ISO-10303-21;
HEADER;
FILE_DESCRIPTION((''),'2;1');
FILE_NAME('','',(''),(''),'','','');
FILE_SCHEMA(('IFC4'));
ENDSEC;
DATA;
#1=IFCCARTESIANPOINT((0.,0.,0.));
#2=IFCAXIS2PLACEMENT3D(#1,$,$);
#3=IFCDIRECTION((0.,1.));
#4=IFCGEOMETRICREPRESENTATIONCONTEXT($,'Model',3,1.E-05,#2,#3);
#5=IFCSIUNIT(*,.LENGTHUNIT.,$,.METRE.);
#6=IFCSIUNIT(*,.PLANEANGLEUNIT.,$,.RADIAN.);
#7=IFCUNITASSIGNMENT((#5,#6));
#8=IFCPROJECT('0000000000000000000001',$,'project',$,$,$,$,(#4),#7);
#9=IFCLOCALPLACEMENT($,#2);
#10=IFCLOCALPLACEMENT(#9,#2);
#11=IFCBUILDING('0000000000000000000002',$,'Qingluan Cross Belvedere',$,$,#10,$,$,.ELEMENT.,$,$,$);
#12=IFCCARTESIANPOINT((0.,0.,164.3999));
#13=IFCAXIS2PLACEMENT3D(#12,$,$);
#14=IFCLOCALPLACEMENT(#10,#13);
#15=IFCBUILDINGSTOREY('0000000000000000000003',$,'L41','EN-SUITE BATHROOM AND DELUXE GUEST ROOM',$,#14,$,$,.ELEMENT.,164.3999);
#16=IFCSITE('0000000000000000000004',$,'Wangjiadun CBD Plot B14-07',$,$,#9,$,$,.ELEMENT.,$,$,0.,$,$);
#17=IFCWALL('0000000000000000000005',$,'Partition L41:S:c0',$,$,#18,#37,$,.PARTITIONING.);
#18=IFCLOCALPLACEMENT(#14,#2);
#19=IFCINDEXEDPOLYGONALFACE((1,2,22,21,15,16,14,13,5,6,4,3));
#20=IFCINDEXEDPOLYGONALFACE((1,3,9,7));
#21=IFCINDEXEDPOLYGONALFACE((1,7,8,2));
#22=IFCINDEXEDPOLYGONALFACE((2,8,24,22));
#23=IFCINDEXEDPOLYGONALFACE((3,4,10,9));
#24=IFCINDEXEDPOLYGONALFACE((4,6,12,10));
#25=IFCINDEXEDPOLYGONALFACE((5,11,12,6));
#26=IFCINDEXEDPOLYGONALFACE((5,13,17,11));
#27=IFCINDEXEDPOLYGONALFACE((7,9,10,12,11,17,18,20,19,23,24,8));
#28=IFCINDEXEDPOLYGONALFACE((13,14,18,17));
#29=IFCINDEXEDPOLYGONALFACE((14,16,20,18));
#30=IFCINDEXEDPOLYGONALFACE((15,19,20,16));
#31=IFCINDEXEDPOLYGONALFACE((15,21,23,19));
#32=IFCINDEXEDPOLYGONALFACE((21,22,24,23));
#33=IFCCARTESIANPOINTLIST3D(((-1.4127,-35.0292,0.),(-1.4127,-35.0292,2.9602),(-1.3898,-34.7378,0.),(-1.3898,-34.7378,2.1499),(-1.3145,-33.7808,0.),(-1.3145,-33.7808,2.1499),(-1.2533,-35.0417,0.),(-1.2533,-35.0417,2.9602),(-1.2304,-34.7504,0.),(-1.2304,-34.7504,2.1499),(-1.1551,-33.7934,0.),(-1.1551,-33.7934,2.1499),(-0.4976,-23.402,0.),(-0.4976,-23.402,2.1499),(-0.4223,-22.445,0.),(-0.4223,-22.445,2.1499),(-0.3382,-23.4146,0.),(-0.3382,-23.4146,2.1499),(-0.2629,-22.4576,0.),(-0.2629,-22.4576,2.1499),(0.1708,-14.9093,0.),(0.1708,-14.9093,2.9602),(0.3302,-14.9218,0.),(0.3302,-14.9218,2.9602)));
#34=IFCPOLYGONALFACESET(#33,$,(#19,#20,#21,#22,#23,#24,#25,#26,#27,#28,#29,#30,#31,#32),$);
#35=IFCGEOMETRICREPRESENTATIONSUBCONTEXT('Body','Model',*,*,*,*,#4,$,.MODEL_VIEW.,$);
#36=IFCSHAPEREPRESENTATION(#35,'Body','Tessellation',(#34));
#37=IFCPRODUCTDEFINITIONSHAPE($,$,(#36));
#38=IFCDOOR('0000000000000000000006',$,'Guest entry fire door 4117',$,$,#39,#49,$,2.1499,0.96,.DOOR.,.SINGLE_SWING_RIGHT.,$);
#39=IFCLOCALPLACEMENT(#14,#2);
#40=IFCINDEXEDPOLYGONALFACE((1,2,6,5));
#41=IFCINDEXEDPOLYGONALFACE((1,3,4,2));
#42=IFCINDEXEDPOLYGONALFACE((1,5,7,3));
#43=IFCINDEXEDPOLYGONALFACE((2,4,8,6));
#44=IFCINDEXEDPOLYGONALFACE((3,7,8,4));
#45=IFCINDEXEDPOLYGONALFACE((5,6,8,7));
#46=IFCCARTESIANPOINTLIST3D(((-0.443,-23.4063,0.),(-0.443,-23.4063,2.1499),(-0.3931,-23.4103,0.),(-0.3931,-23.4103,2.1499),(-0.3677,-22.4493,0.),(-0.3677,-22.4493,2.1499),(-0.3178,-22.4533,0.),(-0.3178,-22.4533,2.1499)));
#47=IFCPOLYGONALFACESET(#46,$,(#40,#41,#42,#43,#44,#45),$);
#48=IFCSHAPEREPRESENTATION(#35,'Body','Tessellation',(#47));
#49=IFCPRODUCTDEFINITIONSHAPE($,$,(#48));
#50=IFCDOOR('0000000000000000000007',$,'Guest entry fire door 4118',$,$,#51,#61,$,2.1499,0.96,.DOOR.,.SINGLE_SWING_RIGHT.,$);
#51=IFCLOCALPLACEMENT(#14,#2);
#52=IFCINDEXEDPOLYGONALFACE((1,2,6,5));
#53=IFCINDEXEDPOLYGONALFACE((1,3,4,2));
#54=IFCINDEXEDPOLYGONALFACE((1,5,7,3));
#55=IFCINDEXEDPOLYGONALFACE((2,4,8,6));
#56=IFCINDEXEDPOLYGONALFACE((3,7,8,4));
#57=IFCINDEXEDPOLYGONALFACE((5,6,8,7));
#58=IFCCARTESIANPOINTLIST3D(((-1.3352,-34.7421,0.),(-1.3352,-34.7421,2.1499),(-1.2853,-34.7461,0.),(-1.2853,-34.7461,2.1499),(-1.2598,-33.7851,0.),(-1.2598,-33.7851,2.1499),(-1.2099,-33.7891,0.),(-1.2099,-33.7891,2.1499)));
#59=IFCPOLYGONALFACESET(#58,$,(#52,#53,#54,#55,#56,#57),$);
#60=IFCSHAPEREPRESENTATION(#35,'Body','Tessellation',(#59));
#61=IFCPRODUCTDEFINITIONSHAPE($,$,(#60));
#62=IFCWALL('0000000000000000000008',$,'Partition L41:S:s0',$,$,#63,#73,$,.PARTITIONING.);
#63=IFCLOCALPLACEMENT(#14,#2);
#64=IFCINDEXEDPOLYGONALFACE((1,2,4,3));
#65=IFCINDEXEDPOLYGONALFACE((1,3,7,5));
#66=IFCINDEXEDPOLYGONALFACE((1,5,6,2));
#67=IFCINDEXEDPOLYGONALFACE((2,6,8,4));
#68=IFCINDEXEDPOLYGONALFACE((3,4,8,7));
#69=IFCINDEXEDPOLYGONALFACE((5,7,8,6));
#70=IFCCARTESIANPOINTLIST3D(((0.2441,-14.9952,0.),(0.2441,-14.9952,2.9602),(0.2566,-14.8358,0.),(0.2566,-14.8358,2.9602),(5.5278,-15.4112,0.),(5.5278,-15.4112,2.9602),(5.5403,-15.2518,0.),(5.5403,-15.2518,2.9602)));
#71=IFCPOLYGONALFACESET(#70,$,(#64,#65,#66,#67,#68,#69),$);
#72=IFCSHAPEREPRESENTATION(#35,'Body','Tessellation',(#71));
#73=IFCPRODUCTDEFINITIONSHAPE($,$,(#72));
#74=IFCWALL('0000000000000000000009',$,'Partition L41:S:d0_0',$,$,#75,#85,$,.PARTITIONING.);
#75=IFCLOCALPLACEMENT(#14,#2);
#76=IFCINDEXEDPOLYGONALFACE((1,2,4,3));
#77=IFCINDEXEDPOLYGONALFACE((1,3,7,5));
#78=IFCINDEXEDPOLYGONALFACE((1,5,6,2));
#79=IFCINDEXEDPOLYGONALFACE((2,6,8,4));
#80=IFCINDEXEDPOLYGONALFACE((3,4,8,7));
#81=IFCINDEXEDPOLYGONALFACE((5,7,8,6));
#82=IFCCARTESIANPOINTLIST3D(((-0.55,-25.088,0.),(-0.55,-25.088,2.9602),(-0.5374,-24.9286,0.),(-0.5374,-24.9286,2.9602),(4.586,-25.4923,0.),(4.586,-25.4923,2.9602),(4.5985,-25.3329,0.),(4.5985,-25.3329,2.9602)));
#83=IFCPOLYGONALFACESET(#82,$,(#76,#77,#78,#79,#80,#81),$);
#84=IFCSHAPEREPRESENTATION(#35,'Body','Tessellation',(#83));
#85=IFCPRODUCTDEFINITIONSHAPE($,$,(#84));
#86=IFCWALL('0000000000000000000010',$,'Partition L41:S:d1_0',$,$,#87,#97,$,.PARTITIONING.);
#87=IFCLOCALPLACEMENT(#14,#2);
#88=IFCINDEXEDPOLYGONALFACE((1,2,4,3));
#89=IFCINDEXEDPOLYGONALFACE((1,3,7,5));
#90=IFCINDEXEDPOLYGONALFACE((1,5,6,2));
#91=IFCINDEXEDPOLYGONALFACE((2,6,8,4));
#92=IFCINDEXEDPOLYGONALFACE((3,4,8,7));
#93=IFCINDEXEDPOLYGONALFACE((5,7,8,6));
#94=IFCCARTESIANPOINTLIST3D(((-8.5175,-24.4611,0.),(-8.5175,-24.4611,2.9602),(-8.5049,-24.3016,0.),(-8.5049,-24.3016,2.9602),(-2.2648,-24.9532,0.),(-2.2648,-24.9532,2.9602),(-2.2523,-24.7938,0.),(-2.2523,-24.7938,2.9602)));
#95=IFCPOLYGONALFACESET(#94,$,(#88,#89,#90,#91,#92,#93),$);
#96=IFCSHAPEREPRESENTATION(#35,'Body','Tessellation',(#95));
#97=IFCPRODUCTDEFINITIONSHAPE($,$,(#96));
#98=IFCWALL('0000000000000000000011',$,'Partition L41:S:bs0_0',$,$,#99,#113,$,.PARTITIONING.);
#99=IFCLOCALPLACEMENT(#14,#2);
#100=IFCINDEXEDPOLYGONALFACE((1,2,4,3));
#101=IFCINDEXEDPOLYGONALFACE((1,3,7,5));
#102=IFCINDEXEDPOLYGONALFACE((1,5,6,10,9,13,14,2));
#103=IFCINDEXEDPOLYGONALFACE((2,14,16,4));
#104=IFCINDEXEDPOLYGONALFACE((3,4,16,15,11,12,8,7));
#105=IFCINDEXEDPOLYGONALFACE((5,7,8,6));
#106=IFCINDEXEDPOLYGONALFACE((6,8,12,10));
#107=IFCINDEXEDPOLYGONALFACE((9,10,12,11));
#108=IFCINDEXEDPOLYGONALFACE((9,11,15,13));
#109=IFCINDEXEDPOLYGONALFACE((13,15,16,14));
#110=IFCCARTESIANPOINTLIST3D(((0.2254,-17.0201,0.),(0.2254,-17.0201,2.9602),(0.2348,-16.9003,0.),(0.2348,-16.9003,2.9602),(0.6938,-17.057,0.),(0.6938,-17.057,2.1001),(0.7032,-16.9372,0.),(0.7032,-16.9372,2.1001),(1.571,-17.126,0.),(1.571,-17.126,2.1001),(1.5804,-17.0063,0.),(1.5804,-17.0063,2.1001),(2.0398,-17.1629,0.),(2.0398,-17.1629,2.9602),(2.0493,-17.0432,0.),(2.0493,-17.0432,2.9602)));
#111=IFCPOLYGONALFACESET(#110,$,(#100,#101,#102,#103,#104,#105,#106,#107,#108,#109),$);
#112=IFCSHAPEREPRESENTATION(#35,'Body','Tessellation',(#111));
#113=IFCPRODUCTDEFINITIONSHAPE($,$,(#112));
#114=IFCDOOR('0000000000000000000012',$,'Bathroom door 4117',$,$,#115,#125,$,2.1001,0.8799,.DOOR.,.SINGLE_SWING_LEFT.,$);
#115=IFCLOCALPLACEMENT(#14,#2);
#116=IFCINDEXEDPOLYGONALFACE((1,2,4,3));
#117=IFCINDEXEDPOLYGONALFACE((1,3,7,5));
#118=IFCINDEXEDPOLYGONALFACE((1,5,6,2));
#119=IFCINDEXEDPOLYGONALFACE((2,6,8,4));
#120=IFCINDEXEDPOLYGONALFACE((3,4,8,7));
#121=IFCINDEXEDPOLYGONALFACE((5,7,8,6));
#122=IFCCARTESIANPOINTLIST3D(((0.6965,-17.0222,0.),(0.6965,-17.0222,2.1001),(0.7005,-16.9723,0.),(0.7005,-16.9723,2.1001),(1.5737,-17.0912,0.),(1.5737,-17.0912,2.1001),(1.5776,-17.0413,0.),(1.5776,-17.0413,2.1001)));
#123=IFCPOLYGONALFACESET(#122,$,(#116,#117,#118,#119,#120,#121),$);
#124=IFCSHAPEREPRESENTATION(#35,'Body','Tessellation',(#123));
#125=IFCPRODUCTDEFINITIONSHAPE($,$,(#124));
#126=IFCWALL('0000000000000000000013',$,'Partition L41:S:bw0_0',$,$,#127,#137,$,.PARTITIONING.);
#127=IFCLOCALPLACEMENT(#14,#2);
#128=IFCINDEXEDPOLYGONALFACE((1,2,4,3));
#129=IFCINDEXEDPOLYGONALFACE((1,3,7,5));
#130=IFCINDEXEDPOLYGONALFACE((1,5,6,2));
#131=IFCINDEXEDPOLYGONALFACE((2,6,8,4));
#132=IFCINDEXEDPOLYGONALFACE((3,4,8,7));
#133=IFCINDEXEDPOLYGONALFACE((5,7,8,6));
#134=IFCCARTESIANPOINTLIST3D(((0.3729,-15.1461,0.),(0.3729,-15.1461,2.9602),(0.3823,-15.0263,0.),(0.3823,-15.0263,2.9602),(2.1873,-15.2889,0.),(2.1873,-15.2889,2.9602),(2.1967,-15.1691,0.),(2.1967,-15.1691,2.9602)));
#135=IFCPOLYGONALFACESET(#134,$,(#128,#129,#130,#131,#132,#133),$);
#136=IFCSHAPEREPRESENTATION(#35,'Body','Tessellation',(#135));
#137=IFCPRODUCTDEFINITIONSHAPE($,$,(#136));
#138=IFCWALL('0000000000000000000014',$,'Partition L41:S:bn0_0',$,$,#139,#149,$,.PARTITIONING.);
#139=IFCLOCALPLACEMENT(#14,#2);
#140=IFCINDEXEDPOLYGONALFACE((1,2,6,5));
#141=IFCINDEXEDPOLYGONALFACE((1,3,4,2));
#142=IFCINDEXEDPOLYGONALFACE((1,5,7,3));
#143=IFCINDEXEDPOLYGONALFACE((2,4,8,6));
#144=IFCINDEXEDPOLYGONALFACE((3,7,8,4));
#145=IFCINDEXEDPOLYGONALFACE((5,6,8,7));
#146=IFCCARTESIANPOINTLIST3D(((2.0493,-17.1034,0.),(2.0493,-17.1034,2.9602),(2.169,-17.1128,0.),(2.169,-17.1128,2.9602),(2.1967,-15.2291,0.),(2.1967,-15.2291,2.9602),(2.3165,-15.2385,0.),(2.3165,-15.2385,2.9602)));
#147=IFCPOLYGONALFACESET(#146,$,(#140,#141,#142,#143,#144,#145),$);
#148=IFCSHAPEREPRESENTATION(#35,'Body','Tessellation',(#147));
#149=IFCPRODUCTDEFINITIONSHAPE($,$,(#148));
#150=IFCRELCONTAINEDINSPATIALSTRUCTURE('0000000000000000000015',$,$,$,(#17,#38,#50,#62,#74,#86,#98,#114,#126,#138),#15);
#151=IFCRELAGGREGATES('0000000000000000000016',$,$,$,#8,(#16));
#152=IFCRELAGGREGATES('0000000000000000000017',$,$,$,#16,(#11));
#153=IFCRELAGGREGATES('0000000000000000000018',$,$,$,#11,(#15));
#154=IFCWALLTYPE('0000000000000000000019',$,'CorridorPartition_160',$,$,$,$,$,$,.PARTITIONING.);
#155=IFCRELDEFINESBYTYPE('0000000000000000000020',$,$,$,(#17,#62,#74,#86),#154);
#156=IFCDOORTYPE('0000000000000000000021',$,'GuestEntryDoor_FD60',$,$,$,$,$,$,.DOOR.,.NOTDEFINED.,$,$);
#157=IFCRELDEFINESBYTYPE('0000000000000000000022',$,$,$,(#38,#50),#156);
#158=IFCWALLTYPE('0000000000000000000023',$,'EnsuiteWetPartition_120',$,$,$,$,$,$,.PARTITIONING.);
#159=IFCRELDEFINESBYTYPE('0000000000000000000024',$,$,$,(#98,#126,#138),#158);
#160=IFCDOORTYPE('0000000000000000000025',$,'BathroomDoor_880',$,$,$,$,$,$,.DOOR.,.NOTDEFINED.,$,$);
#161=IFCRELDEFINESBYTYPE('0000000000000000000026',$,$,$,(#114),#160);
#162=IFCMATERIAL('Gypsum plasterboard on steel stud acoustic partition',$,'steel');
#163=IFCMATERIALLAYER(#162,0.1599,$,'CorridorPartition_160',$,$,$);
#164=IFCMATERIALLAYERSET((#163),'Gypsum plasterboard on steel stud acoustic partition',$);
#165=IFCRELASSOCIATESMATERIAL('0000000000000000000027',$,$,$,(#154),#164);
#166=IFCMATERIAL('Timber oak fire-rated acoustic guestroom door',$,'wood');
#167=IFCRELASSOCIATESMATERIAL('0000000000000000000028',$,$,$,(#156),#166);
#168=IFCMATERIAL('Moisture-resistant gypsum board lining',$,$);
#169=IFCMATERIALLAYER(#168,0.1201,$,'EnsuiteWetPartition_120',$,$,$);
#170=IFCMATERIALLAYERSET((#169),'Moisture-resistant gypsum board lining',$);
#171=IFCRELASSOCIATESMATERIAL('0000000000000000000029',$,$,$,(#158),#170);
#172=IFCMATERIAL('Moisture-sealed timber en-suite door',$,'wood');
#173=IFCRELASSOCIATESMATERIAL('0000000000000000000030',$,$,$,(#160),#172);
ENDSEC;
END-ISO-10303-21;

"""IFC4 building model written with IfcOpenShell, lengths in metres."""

from ifc_helpers import new_model, si_unit, direction, frame, frame_2d, origin, place, context, subcontext, project, spatial, rectangle, extrude, material, layer, layer_set, type_object, element, fill, save


model = new_model("IFC4")

# Units and contexts
model_context = context("Model", 3, precision=1e-05, world=origin(), true_north=direction((0.0, 1.0)))
body_context = subcontext(model_context, "Body", "Model", "MODEL_VIEW")
ifc_project = project(units=[si_unit("LENGTHUNIT", "METRE"), si_unit("PLANEANGLEUNIT", "RADIAN")], contexts=[model_context])

# Site, building, storey
site_placement = place(None, origin())
site = spatial("IfcSite", under=ifc_project, at=site_placement, Name="Wangjiadun CBD Plot B14-07", CompositionType="ELEMENT", RefElevation=0.0)
building_placement = place(site_placement, origin())
building = spatial("IfcBuilding", under=site, at=building_placement, Name="Qingluan Cross Belvedere", CompositionType="ELEMENT")
storey_placement = place(building_placement, frame((0.0, 0.0, 164.3999)))
storey = spatial("IfcBuildingStorey", under=building, at=storey_placement, Name="L41", Description="EN-SUITE BATHROOM AND DELUXE GUEST ROOM", CompositionType="ELEMENT", Elevation=164.3999)

# Wall, openings, doors
ifc_material_1 = material(Name="Gypsum plasterboard on steel stud acoustic partition", Category="steel")
ifc_layer_1 = layer(ifc_material_1, 0.1599, Name="CorridorPartition_160")
ifc_layer_set_1 = layer_set([ifc_layer_1], Name="Gypsum plasterboard on steel stud acoustic partition")
wall_type_1 = type_object("IfcWallType", Name="CorridorPartition_160", PredefinedType="PARTITIONING", material=ifc_layer_set_1)
wall_1_placement = place(storey_placement, frame((0.2505, -14.9155, 0.0), z_axis=(0.0, 0.0, 1.0), x_axis=(-0.07846, -0.996917, 0.0)))
wall_1 = element("IfcWall", 1, at=wall_1_placement, inside=storey, type_object=wall_type_1, Name="Partition L41:S:c0", PredefinedType="PARTITIONING", context=body_context, shape_type="SweptSolid", body=[
    extrude(rectangle(XDim=20.1821, YDim=0.1599, at=frame_2d((10.0911, 0.0))), origin(), (0.0, 0.0, 1.0), 2.9602),
])
opening_1_placement = place(wall_1_placement, frame((7.5591, 0.0, 0.0)))
opening_1 = element("IfcOpeningElement", 2, at=opening_1_placement, cuts=wall_1, PredefinedType="OPENING", context=body_context, shape_type="SweptSolid", body=[
    extrude(rectangle(XDim=0.96, YDim=2.1499, at=frame_2d((0.48, 1.075))), frame((0.0, 0.0898, 0.0), z_axis=(0.0, -1.0, 0.0), x_axis=(1.0, 0.0, 0.0)), (0.0, 0.0, 1.0), 0.1799),
])
opening_2_placement = place(wall_1_placement, frame((18.9299, 0.0, 0.0)))
opening_2 = element("IfcOpeningElement", 3, at=opening_2_placement, cuts=wall_1, PredefinedType="OPENING", context=body_context, shape_type="SweptSolid", body=[
    extrude(rectangle(XDim=0.96, YDim=2.1499, at=frame_2d((0.48, 1.075))), frame((0.0, 0.0898, 0.0), z_axis=(0.0, -1.0, 0.0), x_axis=(1.0, 0.0, 0.0)), (0.0, 0.0, 1.0), 0.1799),
])
ifc_material_2 = material(Name="Timber oak fire-rated acoustic guestroom door", Category="wood")
door_type_1 = type_object("IfcDoorType", Name="GuestEntryDoor_FD60", OperationType="NOTDEFINED", PredefinedType="DOOR", material=ifc_material_2)
door_1_placement = place(opening_1_placement, origin())
door_1 = element("IfcDoor", 4, at=door_1_placement, inside=storey, type_object=door_type_1, Name="Guest entry fire door 4117", OperationType="SINGLE_SWING_RIGHT", OverallHeight=2.1499, OverallWidth=0.96, PredefinedType="DOOR", context=body_context, shape_type="SweptSolid", body=[
    extrude(rectangle(XDim=0.96, YDim=2.1499, at=frame_2d((0.48, 1.075))), frame((0.0, 0.0249, 0.0), z_axis=(0.0, -1.0, 0.0), x_axis=(1.0, 0.0, 0.0)), (0.0, 0.0, 1.0), 0.05),
])
fill(opening_1, door_1)
door_2_placement = place(opening_2_placement, origin())
door_2 = element("IfcDoor", 5, at=door_2_placement, inside=storey, type_object=door_type_1, Name="Guest entry fire door 4118", OperationType="SINGLE_SWING_RIGHT", OverallHeight=2.1499, OverallWidth=0.96, PredefinedType="DOOR", context=body_context, shape_type="SweptSolid", body=[
    extrude(rectangle(XDim=0.96, YDim=2.1499, at=frame_2d((0.48, 1.075))), frame((0.0, 0.0249, 0.0), z_axis=(0.0, -1.0, 0.0), x_axis=(1.0, 0.0, 0.0)), (0.0, 0.0, 1.0), 0.05),
])
fill(opening_2, door_2)

# Walls
wall_2_placement = place(storey_placement, frame((0.2505, -14.9155, 0.0), z_axis=(0.0, 0.0, 1.0), x_axis=(0.996915, -0.078493, 0.0)))
element("IfcWall", 6, at=wall_2_placement, inside=storey, type_object=wall_type_1, Name="Partition L41:S:s0", PredefinedType="PARTITIONING", context=body_context, shape_type="SweptSolid", body=[
    extrude(rectangle(XDim=5.3, YDim=0.1599, at=frame_2d((2.6499, 0.0))), origin(), (0.0, 0.0, 1.0), 2.9602),
])
wall_3_placement = place(storey_placement, frame((-0.5437, -25.0083, 0.0), z_axis=(0.0, 0.0, 1.0), x_axis=(0.996916, -0.078476, 0.0)))
element("IfcWall", 7, at=wall_3_placement, inside=storey, type_object=wall_type_1, Name="Partition L41:S:d0_0", PredefinedType="PARTITIONING", context=body_context, shape_type="SweptSolid", body=[
    extrude(rectangle(XDim=5.1519, YDim=0.1599, at=frame_2d((2.5759, 0.0))), origin(), (0.0, 0.0, 1.0), 2.9602),
])
wall_4_placement = place(storey_placement, frame((-2.2585, -24.8735, 0.0), z_axis=(0.0, 0.0, 1.0), x_axis=(-0.996916, 0.078473, 0.0)))
element("IfcWall", 8, at=wall_4_placement, inside=storey, type_object=wall_type_1, Name="Partition L41:S:d1_0", PredefinedType="PARTITIONING", context=body_context, shape_type="SweptSolid", body=[
    extrude(rectangle(XDim=6.272, YDim=0.1599, at=frame_2d((3.136, 0.0))), origin(), (0.0, 0.0, 1.0), 2.9602),
])

# Wall, opening, door
ifc_material_3 = material(Name="Moisture-resistant gypsum board lining")
ifc_layer_2 = layer(ifc_material_3, 0.1201, Name="EnsuiteWetPartition_120")
ifc_layer_set_2 = layer_set([ifc_layer_2], Name="Moisture-resistant gypsum board lining")
wall_type_2 = type_object("IfcWallType", Name="EnsuiteWetPartition_120", PredefinedType="PARTITIONING", material=ifc_layer_set_2)
wall_5_placement = place(storey_placement, frame((0.23, -16.9602, 0.0), z_axis=(0.0, 0.0, 1.0), x_axis=(0.996916, -0.078471, 0.0)))
wall_5 = element("IfcWall", 9, at=wall_5_placement, inside=storey, type_object=wall_type_2, Name="Partition L41:S:bs0_0", PredefinedType="PARTITIONING", context=body_context, shape_type="SweptSolid", body=[
    extrude(rectangle(XDim=1.8201, YDim=0.1201, at=frame_2d((0.9102, 0.0))), origin(), (0.0, 0.0, 1.0), 2.9602),
])
opening_3_placement = place(wall_5_placement, frame((0.47, 0.0, 0.0)))
opening_3 = element("IfcOpeningElement", 10, at=opening_3_placement, cuts=wall_5, PredefinedType="OPENING", context=body_context, shape_type="SweptSolid", body=[
    extrude(rectangle(XDim=0.8799, YDim=2.1001, at=frame_2d((0.4399, 1.05))), frame((0.0, 0.0701, 0.0), z_axis=(0.0, -1.0, 0.0), x_axis=(1.0, 0.0, 0.0)), (0.0, 0.0, 1.0), 0.1401),
])
ifc_material_4 = material(Name="Moisture-sealed timber en-suite door", Category="wood")
door_type_2 = type_object("IfcDoorType", Name="BathroomDoor_880", OperationType="NOTDEFINED", PredefinedType="DOOR", material=ifc_material_4)
door_3_placement = place(opening_3_placement, origin())
door_3 = element("IfcDoor", 11, at=door_3_placement, inside=storey, type_object=door_type_2, Name="Bathroom door 4117", OperationType="SINGLE_SWING_LEFT", OverallHeight=2.1001, OverallWidth=0.8799, PredefinedType="DOOR", context=body_context, shape_type="SweptSolid", body=[
    extrude(rectangle(XDim=0.8799, YDim=2.1001, at=frame_2d((0.4399, 1.05))), frame((0.0, 0.0249, 0.0), z_axis=(0.0, -1.0, 0.0), x_axis=(1.0, 0.0, 0.0)), (0.0, 0.0, 1.0), 0.05),
])
fill(opening_3, door_3)

# Walls
wall_6_placement = place(storey_placement, frame((0.3774, -15.0862, 0.0), z_axis=(0.0, 0.0, 1.0), x_axis=(0.996916, -0.078471, 0.0)))
element("IfcWall", 12, at=wall_6_placement, inside=storey, type_object=wall_type_2, Name="Partition L41:S:bw0_0", PredefinedType="PARTITIONING", context=body_context, shape_type="SweptSolid", body=[
    extrude(rectangle(XDim=1.8201, YDim=0.1201, at=frame_2d((0.9102, 0.0))), origin(), (0.0, 0.0, 1.0), 2.9602),
])
wall_7_placement = place(storey_placement, frame((2.2566, -15.2339, 0.0), z_axis=(0.0, 0.0, 1.0), x_axis=(-0.078434, -0.996919, 0.0)))
element("IfcWall", 13, at=wall_7_placement, inside=storey, type_object=wall_type_2, Name="Partition L41:S:bn0_0", PredefinedType="PARTITIONING", context=body_context, shape_type="SweptSolid", body=[
    extrude(rectangle(XDim=1.8801, YDim=0.1201, at=frame_2d((0.9399, 0.0))), origin(), (0.0, 0.0, 1.0), 2.9602),
])

save(model, "model.ifc")
